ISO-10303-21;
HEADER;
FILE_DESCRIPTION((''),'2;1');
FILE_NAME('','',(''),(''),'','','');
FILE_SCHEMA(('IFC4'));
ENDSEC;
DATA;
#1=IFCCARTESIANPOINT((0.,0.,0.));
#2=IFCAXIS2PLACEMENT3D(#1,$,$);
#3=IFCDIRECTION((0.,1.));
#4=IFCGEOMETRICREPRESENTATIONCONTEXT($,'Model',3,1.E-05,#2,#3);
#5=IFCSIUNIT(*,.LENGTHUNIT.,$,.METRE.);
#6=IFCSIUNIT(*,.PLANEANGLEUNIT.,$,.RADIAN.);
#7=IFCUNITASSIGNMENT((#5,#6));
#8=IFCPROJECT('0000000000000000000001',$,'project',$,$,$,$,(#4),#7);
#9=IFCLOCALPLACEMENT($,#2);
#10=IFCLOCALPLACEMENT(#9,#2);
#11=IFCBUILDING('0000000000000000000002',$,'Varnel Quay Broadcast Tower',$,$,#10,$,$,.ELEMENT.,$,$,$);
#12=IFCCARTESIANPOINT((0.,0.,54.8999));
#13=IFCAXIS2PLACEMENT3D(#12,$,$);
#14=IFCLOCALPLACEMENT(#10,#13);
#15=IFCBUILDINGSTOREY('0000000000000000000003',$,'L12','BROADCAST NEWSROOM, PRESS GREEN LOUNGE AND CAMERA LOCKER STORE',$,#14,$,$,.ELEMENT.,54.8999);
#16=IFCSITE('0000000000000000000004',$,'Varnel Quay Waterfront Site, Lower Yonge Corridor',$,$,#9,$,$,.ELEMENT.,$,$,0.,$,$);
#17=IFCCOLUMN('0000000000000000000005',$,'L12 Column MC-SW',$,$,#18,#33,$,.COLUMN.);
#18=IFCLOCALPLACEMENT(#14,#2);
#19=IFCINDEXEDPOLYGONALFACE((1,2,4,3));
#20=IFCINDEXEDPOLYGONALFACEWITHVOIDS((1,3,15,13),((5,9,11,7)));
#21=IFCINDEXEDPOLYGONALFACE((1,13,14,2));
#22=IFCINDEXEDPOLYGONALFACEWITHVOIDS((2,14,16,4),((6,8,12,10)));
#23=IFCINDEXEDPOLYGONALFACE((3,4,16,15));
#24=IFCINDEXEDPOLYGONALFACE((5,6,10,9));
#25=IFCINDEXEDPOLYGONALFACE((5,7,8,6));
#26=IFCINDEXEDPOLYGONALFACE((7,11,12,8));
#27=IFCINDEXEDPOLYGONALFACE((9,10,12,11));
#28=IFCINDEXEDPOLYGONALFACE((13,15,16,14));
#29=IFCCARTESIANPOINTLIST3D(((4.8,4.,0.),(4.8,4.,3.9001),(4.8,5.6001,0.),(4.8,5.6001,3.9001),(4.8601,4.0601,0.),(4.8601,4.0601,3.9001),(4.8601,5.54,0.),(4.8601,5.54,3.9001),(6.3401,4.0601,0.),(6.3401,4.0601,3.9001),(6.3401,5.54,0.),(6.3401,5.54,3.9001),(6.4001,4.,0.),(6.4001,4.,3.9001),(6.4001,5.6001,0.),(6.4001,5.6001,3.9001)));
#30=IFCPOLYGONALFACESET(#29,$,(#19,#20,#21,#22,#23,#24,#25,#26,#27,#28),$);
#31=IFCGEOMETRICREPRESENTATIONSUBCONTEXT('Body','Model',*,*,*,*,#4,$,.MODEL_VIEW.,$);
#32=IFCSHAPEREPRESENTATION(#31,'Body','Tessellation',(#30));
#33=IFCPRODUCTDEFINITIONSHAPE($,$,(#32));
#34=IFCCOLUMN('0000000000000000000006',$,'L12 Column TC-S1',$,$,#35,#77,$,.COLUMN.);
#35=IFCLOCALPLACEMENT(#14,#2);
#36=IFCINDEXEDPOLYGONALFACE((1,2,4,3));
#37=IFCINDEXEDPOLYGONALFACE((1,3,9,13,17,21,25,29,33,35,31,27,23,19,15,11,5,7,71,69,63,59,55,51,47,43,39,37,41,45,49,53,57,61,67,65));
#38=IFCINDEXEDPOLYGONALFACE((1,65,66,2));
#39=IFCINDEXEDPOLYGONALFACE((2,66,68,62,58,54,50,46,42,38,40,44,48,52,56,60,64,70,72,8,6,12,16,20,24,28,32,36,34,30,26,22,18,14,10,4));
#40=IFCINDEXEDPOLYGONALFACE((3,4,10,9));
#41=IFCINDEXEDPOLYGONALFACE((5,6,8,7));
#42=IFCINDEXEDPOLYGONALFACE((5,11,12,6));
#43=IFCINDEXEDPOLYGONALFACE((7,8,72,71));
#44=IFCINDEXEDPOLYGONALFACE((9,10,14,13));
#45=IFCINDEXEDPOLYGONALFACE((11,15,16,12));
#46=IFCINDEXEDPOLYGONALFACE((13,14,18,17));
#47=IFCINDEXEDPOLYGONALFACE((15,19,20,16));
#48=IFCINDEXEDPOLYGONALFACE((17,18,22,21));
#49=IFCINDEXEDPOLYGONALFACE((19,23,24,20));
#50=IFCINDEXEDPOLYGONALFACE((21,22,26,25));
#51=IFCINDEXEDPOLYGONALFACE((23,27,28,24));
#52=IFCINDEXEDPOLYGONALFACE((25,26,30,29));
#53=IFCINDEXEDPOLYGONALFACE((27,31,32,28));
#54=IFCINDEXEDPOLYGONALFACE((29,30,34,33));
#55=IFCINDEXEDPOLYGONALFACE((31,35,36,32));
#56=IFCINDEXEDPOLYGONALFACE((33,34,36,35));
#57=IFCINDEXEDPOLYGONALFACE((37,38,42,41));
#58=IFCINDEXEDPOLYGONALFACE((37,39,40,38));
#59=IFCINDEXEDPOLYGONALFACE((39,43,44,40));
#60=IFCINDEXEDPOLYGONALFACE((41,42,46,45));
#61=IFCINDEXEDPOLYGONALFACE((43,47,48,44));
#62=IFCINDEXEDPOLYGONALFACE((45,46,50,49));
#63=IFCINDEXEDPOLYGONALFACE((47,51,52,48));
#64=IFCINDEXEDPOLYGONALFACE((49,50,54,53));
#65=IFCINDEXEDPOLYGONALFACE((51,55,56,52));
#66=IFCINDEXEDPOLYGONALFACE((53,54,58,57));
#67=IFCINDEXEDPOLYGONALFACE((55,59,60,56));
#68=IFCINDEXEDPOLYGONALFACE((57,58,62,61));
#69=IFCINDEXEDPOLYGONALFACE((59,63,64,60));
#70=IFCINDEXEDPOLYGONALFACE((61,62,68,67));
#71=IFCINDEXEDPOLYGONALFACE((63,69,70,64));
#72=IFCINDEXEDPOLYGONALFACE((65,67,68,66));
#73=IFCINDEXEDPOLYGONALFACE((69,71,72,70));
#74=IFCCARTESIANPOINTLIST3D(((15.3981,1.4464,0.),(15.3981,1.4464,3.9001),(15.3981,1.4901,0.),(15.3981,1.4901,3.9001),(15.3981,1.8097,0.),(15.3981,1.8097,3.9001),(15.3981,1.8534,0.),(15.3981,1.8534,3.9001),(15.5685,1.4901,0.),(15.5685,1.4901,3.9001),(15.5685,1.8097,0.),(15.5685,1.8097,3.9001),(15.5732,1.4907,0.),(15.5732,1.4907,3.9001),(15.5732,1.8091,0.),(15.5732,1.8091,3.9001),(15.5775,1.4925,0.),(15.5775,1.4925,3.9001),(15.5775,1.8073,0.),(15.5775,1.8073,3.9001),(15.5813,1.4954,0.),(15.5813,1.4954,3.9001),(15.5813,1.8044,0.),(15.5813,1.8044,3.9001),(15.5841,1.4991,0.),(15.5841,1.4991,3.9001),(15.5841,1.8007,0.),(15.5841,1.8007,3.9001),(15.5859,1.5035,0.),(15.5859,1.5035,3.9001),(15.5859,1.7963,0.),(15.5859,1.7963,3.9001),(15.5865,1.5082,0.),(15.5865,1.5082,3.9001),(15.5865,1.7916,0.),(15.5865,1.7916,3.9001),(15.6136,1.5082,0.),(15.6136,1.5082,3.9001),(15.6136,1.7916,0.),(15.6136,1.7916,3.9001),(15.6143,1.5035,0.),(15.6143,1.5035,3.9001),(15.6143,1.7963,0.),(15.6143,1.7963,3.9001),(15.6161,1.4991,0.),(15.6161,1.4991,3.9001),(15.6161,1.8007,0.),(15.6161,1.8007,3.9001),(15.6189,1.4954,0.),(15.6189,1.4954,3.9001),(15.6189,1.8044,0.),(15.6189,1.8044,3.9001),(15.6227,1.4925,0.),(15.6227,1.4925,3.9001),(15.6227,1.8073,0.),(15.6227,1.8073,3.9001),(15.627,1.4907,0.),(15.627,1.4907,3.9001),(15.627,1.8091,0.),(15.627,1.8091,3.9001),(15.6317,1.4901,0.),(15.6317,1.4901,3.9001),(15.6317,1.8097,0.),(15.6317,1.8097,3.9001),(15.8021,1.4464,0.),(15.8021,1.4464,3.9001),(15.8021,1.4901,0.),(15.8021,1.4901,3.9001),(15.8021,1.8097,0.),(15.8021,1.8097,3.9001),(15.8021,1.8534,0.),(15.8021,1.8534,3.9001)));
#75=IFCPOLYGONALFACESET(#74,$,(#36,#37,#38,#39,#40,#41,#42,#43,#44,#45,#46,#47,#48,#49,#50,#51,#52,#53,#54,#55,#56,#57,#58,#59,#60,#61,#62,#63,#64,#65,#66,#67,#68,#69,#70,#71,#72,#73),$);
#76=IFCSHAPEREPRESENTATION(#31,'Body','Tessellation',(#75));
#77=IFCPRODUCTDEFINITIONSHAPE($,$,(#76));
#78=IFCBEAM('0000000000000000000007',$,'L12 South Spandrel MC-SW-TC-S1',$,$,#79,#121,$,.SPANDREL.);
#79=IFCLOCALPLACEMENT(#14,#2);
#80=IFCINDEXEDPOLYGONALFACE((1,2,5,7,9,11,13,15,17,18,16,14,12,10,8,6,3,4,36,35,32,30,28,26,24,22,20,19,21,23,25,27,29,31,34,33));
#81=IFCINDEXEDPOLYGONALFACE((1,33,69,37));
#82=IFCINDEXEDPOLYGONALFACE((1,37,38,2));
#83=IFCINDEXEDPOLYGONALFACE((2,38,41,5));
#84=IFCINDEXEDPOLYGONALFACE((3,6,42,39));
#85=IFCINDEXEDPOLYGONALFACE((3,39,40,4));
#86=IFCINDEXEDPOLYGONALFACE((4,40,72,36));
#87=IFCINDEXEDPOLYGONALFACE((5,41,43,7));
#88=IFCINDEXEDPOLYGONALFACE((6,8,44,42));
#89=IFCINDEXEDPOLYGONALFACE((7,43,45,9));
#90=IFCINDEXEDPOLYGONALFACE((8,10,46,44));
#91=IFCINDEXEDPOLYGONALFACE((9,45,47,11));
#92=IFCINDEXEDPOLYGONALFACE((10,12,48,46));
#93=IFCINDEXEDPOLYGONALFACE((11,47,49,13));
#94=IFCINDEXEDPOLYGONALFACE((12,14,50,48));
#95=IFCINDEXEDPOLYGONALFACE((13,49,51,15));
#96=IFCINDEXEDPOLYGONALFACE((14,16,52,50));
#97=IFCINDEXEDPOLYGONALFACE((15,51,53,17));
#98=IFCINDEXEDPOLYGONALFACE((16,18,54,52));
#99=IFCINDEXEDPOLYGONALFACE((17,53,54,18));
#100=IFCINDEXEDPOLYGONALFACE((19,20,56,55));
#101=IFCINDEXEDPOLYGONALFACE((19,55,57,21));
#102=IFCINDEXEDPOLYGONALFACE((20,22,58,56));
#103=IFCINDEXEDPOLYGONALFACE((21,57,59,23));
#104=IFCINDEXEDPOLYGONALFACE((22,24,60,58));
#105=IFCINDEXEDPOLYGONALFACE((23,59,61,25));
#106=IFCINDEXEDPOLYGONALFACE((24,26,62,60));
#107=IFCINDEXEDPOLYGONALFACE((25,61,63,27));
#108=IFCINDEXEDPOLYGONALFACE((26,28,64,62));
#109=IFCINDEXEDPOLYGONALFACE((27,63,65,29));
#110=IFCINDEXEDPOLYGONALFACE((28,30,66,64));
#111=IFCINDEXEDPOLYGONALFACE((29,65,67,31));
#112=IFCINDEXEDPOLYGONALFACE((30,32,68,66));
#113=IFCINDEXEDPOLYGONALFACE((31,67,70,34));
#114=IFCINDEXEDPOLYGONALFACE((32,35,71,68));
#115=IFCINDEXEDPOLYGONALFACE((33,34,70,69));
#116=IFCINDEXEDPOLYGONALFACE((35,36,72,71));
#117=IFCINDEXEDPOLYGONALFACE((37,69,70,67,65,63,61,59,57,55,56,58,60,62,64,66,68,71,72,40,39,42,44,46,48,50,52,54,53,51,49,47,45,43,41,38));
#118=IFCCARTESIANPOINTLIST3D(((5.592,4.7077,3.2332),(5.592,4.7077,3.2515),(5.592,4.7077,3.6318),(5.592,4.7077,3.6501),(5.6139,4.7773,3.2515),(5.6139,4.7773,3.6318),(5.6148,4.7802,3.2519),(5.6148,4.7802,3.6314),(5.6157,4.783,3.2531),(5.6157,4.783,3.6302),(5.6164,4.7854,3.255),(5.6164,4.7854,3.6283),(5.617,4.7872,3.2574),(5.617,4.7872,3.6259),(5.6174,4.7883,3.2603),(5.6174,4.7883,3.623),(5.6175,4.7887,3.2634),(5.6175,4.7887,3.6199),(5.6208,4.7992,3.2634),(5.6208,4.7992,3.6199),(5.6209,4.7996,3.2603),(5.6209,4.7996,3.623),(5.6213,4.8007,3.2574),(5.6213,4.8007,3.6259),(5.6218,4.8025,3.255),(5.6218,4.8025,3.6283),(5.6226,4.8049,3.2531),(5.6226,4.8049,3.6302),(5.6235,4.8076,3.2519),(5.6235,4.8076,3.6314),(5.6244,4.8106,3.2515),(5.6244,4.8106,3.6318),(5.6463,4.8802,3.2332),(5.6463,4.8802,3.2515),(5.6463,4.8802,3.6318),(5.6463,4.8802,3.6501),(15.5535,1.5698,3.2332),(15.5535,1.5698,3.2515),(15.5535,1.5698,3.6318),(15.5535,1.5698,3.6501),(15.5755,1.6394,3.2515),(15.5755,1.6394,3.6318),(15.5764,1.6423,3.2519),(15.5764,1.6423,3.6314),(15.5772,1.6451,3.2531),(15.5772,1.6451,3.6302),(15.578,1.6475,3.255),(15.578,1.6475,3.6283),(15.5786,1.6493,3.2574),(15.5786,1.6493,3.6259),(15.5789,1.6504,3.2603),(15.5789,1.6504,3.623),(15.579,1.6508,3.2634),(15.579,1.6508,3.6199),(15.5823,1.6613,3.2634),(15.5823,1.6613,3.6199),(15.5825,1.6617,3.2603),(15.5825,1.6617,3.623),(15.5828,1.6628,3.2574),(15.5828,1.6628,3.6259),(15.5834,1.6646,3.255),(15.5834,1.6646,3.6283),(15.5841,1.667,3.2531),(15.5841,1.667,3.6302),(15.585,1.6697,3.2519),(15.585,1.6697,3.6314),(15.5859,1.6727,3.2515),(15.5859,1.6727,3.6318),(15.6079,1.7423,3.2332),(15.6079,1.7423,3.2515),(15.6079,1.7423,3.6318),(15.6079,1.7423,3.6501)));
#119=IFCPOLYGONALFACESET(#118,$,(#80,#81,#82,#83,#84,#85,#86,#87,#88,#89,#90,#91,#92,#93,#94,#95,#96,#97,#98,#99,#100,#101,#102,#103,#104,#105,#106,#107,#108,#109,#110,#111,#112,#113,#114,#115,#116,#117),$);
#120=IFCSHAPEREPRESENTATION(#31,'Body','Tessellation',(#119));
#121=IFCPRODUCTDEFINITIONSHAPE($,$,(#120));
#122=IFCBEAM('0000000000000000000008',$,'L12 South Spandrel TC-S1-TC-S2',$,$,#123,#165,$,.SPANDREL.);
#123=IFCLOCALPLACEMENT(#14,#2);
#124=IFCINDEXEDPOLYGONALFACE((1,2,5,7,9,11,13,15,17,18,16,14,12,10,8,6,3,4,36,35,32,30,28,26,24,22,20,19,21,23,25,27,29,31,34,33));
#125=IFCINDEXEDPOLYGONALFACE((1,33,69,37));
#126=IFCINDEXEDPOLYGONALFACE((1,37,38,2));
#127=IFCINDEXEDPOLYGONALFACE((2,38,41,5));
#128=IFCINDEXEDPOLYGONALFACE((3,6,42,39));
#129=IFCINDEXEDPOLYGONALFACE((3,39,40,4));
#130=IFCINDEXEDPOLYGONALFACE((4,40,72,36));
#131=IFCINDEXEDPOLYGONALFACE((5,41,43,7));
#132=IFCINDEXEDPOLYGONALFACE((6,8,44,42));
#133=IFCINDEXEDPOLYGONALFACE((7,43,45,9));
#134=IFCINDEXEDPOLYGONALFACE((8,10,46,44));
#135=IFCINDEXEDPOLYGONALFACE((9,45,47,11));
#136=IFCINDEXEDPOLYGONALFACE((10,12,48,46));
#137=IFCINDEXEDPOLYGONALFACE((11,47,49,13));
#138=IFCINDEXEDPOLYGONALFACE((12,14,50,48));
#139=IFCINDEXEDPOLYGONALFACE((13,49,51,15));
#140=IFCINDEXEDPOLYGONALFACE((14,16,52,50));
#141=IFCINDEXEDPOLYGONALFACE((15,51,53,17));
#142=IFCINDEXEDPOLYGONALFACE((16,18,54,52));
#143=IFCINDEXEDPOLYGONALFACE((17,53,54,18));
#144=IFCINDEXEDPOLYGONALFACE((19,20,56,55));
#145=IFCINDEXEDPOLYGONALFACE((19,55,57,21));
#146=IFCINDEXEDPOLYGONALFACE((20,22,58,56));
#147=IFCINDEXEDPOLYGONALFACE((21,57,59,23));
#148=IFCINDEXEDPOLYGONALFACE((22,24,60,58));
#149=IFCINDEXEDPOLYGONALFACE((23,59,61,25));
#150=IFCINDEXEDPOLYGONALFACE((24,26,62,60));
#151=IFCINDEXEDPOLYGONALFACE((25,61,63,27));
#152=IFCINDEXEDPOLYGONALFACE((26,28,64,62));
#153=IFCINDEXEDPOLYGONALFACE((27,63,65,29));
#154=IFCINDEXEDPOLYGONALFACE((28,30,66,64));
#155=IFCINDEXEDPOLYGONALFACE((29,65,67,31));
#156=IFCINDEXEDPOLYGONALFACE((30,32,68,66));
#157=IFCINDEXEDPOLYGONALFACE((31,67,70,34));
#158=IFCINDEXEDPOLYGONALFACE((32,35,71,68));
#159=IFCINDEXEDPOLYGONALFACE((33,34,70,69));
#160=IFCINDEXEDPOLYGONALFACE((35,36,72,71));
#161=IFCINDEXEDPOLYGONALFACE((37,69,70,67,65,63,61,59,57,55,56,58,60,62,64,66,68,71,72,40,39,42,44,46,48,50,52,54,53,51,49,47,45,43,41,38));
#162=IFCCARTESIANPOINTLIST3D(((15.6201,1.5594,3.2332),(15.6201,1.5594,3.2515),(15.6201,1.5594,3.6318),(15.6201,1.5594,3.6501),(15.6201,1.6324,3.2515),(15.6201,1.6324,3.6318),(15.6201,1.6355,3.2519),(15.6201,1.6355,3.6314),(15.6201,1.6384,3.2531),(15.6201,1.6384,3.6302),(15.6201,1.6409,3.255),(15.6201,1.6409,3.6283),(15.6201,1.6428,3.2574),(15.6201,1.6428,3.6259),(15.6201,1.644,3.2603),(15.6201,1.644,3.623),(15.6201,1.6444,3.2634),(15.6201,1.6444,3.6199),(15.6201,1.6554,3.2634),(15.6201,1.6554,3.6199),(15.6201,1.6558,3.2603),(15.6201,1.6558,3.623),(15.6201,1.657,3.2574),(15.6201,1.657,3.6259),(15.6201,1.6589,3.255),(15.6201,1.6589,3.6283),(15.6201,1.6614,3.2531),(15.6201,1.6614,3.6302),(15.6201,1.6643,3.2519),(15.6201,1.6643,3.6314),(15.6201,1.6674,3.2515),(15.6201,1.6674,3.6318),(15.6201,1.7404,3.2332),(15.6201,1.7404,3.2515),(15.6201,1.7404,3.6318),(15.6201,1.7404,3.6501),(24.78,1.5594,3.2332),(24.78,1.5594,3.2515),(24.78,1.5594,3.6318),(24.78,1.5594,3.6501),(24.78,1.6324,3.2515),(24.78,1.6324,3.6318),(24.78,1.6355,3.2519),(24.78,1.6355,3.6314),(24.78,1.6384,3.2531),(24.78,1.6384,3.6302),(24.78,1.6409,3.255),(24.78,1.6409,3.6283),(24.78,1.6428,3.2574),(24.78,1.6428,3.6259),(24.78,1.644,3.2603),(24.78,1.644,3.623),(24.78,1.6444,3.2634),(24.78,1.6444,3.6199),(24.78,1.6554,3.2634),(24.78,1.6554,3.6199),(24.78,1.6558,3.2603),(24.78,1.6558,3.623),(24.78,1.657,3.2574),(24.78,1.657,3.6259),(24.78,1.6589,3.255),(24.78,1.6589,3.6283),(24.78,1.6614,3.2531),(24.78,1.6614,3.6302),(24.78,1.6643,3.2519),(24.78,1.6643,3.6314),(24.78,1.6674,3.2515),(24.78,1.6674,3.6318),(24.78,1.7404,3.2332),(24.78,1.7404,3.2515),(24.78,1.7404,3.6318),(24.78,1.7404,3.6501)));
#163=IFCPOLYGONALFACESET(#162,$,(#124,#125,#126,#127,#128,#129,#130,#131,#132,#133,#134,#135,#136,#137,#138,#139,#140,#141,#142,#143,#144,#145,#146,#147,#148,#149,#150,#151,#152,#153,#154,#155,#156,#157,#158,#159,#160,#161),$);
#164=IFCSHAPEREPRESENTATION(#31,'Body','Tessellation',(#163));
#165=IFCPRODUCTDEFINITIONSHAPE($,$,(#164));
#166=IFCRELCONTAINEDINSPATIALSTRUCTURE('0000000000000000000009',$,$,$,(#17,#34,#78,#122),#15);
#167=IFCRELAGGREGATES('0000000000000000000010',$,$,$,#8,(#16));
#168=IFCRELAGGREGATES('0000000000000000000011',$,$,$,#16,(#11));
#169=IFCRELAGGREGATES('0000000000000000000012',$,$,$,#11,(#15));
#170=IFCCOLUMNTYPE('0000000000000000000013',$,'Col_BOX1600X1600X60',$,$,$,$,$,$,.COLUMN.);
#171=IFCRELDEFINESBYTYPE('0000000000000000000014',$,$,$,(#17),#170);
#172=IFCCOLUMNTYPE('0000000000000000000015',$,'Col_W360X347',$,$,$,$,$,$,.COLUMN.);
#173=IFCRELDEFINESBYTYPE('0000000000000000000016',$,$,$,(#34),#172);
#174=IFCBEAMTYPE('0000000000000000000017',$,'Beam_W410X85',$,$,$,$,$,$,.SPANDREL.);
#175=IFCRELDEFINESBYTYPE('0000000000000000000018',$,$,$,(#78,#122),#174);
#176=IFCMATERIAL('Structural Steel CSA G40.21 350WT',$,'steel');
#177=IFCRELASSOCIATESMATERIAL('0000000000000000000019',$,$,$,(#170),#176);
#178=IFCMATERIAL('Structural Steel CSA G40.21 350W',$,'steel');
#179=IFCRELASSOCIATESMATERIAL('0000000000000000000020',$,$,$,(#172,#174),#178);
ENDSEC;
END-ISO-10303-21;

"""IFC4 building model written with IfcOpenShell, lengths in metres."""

from ifc_helpers import new_model, si_unit, direction, frame, origin, origin_2d, place, context, subcontext, project, spatial, hollow_rectangle, i_section, extrude, source, transform, mapped, material, material_profile, profile_set, type_object, type_shapes, element, save


model = new_model("IFC4")

# Units and contexts
model_context = context("Model", 3, precision=1e-05, world=origin(), true_north=direction((0.0, 1.0)))
body_context = subcontext(model_context, "Body", "Model", "MODEL_VIEW")
ifc_project = project(units=[si_unit("LENGTHUNIT", "METRE"), si_unit("PLANEANGLEUNIT", "RADIAN")], contexts=[model_context])

# Site, building, storey
site_placement = place(None, origin())
site = spatial("IfcSite", under=ifc_project, at=site_placement, Name="Varnel Quay Waterfront Site, Lower Yonge Corridor", CompositionType="ELEMENT", RefElevation=0.0)
building_placement = place(site_placement, origin())
building = spatial("IfcBuilding", under=site, at=building_placement, Name="Varnel Quay Broadcast Tower", CompositionType="ELEMENT")
storey_placement = place(building_placement, frame((0.0, 0.0, 54.8999)))
storey = spatial("IfcBuildingStorey", under=building, at=storey_placement, Name="L12", Description="BROADCAST NEWSROOM, PRESS GREEN LOUNGE AND CAMERA LOCKER STORE", CompositionType="ELEMENT", Elevation=54.8999)

# Columns
ifc_material_1 = material(Name="Structural Steel CSA G40.21 350WT", Category="steel")
ifc_material_profile_1 = material_profile(ifc_material_1, hollow_rectangle(XDim=1.6001, YDim=1.6001, WallThickness=0.0601, at=origin_2d()), Name="BOX1600X1600X60")
ifc_profile_set_1 = profile_set([ifc_material_profile_1], Name="Structural Steel CSA G40.21 350WT")
column_type_1 = type_object("IfcColumnType", Name="Col_BOX1600X1600X60", PredefinedType="COLUMN", material=ifc_profile_set_1)
shared_shape_1 = source(origin(), body_context, "Body", "SweptSolid", [
    extrude(hollow_rectangle(XDim=1.6001, YDim=1.6001, WallThickness=0.0601, at=origin_2d()), origin(), (0.0, 0.0, 1.0), 3.9001),
])
type_shapes(column_type_1, [shared_shape_1])
column_1_placement = place(storey_placement, frame((5.6001, 4.8, 0.0), z_axis=(0.0, 0.0, 1.0), x_axis=(1.0, 0.0, 0.0)))
element("IfcColumn", 1, at=column_1_placement, inside=storey, type_object=column_type_1, Name="L12 Column MC-SW", PredefinedType="COLUMN", context=body_context, shape_type="MappedRepresentation", body=[
    mapped(shared_shape_1, transform((0.0, 0.0, 0.0), x_axis=(1.0, 0.0, 0.0), y_axis=(0.0, 1.0, 0.0), z_axis=(0.0, 0.0, 1.0), scale=1.0)),
])
ifc_material_2 = material(Name="Structural Steel CSA G40.21 350W", Category="steel")
ifc_material_profile_2 = material_profile(ifc_material_2, i_section(OverallWidth=0.4041, OverallDepth=0.407, WebThickness=0.0271, FlangeThickness=0.0437, FilletRadius=0.0181, at=origin_2d()), Name="W360X347")
ifc_profile_set_2 = profile_set([ifc_material_profile_2], Name="Structural Steel CSA G40.21 350W")
column_type_2 = type_object("IfcColumnType", Name="Col_W360X347", PredefinedType="COLUMN", material=ifc_profile_set_2)
shared_shape_2 = source(origin(), body_context, "Body", "SweptSolid", [
    extrude(i_section(OverallWidth=0.4041, OverallDepth=0.407, WebThickness=0.0271, FlangeThickness=0.0437, FilletRadius=0.0181, at=origin_2d()), origin(), (0.0, 0.0, 1.0), 3.9001),
])
type_shapes(column_type_2, [shared_shape_2])
column_2_placement = place(storey_placement, frame((15.6001, 1.6499, 0.0), z_axis=(0.0, 0.0, 1.0), x_axis=(1.0, 0.0, 0.0)))
element("IfcColumn", 2, at=column_2_placement, inside=storey, type_object=column_type_2, Name="L12 Column TC-S1", PredefinedType="COLUMN", context=body_context, shape_type="MappedRepresentation", body=[
    mapped(shared_shape_2, transform((0.0, 0.0, 0.0), x_axis=(1.0, 0.0, 0.0), y_axis=(0.0, 1.0, 0.0), z_axis=(0.0, 0.0, 1.0), scale=1.0)),
])

# Beams
ifc_material_profile_3 = material_profile(ifc_material_2, i_section(OverallWidth=0.1809, OverallDepth=0.417, WebThickness=0.011, FlangeThickness=0.0183, FilletRadius=0.012, at=origin_2d()), Name="W410X85")
ifc_profile_set_3 = profile_set([ifc_material_profile_3], Name="Structural Steel CSA G40.21 350W")
beam_type = type_object("IfcBeamType", Name="Beam_W410X85", PredefinedType="SPANDREL", material=ifc_profile_set_3)
shared_shape_3 = source(origin(), body_context, "Body", "SweptSolid", [
    extrude(i_section(OverallWidth=0.1809, OverallDepth=0.417, WebThickness=0.011, FlangeThickness=0.0183, FilletRadius=0.012, at=origin_2d()), origin(), (0.0, 0.0, 1.0), 10.4441),
])
beam_1_placement = place(storey_placement, frame((5.6191, 4.7939, 3.4417), z_axis=(0.953798, -0.300448, 0.0), x_axis=(0.300448, 0.953798, 0.0)))
element("IfcBeam", 3, at=beam_1_placement, inside=storey, type_object=beam_type, Name="L12 South Spandrel MC-SW-TC-S1", PredefinedType="SPANDREL", context=body_context, shape_type="MappedRepresentation", body=[
    mapped(shared_shape_3, transform((0.0, 0.0, 0.0), x_axis=(1.0, 0.0, 0.0), y_axis=(0.0, 1.0, 0.0), z_axis=(0.0, 0.0, 1.0), scale=1.0)),
])
shared_shape_4 = source(origin(), body_context, "Body", "SweptSolid", [
    extrude(i_section(OverallWidth=0.1809, OverallDepth=0.417, WebThickness=0.011, FlangeThickness=0.0183, FilletRadius=0.012, at=origin_2d()), origin(), (0.0, 0.0, 1.0), 9.1599),
])
beam_2_placement = place(storey_placement, frame((15.6201, 1.6499, 3.4417), z_axis=(1.0, 0.0, 0.0), x_axis=(0.0, 1.0, 0.0)))
element("IfcBeam", 4, at=beam_2_placement, inside=storey, type_object=beam_type, Name="L12 South Spandrel TC-S1-TC-S2", PredefinedType="SPANDREL", context=body_context, shape_type="MappedRepresentation", body=[
    mapped(shared_shape_4, transform((0.0, 0.0, 0.0), x_axis=(1.0, 0.0, 0.0), y_axis=(0.0, 1.0, 0.0), z_axis=(0.0, 0.0, 1.0), scale=1.0)),
])

save(model, "model.ifc")
